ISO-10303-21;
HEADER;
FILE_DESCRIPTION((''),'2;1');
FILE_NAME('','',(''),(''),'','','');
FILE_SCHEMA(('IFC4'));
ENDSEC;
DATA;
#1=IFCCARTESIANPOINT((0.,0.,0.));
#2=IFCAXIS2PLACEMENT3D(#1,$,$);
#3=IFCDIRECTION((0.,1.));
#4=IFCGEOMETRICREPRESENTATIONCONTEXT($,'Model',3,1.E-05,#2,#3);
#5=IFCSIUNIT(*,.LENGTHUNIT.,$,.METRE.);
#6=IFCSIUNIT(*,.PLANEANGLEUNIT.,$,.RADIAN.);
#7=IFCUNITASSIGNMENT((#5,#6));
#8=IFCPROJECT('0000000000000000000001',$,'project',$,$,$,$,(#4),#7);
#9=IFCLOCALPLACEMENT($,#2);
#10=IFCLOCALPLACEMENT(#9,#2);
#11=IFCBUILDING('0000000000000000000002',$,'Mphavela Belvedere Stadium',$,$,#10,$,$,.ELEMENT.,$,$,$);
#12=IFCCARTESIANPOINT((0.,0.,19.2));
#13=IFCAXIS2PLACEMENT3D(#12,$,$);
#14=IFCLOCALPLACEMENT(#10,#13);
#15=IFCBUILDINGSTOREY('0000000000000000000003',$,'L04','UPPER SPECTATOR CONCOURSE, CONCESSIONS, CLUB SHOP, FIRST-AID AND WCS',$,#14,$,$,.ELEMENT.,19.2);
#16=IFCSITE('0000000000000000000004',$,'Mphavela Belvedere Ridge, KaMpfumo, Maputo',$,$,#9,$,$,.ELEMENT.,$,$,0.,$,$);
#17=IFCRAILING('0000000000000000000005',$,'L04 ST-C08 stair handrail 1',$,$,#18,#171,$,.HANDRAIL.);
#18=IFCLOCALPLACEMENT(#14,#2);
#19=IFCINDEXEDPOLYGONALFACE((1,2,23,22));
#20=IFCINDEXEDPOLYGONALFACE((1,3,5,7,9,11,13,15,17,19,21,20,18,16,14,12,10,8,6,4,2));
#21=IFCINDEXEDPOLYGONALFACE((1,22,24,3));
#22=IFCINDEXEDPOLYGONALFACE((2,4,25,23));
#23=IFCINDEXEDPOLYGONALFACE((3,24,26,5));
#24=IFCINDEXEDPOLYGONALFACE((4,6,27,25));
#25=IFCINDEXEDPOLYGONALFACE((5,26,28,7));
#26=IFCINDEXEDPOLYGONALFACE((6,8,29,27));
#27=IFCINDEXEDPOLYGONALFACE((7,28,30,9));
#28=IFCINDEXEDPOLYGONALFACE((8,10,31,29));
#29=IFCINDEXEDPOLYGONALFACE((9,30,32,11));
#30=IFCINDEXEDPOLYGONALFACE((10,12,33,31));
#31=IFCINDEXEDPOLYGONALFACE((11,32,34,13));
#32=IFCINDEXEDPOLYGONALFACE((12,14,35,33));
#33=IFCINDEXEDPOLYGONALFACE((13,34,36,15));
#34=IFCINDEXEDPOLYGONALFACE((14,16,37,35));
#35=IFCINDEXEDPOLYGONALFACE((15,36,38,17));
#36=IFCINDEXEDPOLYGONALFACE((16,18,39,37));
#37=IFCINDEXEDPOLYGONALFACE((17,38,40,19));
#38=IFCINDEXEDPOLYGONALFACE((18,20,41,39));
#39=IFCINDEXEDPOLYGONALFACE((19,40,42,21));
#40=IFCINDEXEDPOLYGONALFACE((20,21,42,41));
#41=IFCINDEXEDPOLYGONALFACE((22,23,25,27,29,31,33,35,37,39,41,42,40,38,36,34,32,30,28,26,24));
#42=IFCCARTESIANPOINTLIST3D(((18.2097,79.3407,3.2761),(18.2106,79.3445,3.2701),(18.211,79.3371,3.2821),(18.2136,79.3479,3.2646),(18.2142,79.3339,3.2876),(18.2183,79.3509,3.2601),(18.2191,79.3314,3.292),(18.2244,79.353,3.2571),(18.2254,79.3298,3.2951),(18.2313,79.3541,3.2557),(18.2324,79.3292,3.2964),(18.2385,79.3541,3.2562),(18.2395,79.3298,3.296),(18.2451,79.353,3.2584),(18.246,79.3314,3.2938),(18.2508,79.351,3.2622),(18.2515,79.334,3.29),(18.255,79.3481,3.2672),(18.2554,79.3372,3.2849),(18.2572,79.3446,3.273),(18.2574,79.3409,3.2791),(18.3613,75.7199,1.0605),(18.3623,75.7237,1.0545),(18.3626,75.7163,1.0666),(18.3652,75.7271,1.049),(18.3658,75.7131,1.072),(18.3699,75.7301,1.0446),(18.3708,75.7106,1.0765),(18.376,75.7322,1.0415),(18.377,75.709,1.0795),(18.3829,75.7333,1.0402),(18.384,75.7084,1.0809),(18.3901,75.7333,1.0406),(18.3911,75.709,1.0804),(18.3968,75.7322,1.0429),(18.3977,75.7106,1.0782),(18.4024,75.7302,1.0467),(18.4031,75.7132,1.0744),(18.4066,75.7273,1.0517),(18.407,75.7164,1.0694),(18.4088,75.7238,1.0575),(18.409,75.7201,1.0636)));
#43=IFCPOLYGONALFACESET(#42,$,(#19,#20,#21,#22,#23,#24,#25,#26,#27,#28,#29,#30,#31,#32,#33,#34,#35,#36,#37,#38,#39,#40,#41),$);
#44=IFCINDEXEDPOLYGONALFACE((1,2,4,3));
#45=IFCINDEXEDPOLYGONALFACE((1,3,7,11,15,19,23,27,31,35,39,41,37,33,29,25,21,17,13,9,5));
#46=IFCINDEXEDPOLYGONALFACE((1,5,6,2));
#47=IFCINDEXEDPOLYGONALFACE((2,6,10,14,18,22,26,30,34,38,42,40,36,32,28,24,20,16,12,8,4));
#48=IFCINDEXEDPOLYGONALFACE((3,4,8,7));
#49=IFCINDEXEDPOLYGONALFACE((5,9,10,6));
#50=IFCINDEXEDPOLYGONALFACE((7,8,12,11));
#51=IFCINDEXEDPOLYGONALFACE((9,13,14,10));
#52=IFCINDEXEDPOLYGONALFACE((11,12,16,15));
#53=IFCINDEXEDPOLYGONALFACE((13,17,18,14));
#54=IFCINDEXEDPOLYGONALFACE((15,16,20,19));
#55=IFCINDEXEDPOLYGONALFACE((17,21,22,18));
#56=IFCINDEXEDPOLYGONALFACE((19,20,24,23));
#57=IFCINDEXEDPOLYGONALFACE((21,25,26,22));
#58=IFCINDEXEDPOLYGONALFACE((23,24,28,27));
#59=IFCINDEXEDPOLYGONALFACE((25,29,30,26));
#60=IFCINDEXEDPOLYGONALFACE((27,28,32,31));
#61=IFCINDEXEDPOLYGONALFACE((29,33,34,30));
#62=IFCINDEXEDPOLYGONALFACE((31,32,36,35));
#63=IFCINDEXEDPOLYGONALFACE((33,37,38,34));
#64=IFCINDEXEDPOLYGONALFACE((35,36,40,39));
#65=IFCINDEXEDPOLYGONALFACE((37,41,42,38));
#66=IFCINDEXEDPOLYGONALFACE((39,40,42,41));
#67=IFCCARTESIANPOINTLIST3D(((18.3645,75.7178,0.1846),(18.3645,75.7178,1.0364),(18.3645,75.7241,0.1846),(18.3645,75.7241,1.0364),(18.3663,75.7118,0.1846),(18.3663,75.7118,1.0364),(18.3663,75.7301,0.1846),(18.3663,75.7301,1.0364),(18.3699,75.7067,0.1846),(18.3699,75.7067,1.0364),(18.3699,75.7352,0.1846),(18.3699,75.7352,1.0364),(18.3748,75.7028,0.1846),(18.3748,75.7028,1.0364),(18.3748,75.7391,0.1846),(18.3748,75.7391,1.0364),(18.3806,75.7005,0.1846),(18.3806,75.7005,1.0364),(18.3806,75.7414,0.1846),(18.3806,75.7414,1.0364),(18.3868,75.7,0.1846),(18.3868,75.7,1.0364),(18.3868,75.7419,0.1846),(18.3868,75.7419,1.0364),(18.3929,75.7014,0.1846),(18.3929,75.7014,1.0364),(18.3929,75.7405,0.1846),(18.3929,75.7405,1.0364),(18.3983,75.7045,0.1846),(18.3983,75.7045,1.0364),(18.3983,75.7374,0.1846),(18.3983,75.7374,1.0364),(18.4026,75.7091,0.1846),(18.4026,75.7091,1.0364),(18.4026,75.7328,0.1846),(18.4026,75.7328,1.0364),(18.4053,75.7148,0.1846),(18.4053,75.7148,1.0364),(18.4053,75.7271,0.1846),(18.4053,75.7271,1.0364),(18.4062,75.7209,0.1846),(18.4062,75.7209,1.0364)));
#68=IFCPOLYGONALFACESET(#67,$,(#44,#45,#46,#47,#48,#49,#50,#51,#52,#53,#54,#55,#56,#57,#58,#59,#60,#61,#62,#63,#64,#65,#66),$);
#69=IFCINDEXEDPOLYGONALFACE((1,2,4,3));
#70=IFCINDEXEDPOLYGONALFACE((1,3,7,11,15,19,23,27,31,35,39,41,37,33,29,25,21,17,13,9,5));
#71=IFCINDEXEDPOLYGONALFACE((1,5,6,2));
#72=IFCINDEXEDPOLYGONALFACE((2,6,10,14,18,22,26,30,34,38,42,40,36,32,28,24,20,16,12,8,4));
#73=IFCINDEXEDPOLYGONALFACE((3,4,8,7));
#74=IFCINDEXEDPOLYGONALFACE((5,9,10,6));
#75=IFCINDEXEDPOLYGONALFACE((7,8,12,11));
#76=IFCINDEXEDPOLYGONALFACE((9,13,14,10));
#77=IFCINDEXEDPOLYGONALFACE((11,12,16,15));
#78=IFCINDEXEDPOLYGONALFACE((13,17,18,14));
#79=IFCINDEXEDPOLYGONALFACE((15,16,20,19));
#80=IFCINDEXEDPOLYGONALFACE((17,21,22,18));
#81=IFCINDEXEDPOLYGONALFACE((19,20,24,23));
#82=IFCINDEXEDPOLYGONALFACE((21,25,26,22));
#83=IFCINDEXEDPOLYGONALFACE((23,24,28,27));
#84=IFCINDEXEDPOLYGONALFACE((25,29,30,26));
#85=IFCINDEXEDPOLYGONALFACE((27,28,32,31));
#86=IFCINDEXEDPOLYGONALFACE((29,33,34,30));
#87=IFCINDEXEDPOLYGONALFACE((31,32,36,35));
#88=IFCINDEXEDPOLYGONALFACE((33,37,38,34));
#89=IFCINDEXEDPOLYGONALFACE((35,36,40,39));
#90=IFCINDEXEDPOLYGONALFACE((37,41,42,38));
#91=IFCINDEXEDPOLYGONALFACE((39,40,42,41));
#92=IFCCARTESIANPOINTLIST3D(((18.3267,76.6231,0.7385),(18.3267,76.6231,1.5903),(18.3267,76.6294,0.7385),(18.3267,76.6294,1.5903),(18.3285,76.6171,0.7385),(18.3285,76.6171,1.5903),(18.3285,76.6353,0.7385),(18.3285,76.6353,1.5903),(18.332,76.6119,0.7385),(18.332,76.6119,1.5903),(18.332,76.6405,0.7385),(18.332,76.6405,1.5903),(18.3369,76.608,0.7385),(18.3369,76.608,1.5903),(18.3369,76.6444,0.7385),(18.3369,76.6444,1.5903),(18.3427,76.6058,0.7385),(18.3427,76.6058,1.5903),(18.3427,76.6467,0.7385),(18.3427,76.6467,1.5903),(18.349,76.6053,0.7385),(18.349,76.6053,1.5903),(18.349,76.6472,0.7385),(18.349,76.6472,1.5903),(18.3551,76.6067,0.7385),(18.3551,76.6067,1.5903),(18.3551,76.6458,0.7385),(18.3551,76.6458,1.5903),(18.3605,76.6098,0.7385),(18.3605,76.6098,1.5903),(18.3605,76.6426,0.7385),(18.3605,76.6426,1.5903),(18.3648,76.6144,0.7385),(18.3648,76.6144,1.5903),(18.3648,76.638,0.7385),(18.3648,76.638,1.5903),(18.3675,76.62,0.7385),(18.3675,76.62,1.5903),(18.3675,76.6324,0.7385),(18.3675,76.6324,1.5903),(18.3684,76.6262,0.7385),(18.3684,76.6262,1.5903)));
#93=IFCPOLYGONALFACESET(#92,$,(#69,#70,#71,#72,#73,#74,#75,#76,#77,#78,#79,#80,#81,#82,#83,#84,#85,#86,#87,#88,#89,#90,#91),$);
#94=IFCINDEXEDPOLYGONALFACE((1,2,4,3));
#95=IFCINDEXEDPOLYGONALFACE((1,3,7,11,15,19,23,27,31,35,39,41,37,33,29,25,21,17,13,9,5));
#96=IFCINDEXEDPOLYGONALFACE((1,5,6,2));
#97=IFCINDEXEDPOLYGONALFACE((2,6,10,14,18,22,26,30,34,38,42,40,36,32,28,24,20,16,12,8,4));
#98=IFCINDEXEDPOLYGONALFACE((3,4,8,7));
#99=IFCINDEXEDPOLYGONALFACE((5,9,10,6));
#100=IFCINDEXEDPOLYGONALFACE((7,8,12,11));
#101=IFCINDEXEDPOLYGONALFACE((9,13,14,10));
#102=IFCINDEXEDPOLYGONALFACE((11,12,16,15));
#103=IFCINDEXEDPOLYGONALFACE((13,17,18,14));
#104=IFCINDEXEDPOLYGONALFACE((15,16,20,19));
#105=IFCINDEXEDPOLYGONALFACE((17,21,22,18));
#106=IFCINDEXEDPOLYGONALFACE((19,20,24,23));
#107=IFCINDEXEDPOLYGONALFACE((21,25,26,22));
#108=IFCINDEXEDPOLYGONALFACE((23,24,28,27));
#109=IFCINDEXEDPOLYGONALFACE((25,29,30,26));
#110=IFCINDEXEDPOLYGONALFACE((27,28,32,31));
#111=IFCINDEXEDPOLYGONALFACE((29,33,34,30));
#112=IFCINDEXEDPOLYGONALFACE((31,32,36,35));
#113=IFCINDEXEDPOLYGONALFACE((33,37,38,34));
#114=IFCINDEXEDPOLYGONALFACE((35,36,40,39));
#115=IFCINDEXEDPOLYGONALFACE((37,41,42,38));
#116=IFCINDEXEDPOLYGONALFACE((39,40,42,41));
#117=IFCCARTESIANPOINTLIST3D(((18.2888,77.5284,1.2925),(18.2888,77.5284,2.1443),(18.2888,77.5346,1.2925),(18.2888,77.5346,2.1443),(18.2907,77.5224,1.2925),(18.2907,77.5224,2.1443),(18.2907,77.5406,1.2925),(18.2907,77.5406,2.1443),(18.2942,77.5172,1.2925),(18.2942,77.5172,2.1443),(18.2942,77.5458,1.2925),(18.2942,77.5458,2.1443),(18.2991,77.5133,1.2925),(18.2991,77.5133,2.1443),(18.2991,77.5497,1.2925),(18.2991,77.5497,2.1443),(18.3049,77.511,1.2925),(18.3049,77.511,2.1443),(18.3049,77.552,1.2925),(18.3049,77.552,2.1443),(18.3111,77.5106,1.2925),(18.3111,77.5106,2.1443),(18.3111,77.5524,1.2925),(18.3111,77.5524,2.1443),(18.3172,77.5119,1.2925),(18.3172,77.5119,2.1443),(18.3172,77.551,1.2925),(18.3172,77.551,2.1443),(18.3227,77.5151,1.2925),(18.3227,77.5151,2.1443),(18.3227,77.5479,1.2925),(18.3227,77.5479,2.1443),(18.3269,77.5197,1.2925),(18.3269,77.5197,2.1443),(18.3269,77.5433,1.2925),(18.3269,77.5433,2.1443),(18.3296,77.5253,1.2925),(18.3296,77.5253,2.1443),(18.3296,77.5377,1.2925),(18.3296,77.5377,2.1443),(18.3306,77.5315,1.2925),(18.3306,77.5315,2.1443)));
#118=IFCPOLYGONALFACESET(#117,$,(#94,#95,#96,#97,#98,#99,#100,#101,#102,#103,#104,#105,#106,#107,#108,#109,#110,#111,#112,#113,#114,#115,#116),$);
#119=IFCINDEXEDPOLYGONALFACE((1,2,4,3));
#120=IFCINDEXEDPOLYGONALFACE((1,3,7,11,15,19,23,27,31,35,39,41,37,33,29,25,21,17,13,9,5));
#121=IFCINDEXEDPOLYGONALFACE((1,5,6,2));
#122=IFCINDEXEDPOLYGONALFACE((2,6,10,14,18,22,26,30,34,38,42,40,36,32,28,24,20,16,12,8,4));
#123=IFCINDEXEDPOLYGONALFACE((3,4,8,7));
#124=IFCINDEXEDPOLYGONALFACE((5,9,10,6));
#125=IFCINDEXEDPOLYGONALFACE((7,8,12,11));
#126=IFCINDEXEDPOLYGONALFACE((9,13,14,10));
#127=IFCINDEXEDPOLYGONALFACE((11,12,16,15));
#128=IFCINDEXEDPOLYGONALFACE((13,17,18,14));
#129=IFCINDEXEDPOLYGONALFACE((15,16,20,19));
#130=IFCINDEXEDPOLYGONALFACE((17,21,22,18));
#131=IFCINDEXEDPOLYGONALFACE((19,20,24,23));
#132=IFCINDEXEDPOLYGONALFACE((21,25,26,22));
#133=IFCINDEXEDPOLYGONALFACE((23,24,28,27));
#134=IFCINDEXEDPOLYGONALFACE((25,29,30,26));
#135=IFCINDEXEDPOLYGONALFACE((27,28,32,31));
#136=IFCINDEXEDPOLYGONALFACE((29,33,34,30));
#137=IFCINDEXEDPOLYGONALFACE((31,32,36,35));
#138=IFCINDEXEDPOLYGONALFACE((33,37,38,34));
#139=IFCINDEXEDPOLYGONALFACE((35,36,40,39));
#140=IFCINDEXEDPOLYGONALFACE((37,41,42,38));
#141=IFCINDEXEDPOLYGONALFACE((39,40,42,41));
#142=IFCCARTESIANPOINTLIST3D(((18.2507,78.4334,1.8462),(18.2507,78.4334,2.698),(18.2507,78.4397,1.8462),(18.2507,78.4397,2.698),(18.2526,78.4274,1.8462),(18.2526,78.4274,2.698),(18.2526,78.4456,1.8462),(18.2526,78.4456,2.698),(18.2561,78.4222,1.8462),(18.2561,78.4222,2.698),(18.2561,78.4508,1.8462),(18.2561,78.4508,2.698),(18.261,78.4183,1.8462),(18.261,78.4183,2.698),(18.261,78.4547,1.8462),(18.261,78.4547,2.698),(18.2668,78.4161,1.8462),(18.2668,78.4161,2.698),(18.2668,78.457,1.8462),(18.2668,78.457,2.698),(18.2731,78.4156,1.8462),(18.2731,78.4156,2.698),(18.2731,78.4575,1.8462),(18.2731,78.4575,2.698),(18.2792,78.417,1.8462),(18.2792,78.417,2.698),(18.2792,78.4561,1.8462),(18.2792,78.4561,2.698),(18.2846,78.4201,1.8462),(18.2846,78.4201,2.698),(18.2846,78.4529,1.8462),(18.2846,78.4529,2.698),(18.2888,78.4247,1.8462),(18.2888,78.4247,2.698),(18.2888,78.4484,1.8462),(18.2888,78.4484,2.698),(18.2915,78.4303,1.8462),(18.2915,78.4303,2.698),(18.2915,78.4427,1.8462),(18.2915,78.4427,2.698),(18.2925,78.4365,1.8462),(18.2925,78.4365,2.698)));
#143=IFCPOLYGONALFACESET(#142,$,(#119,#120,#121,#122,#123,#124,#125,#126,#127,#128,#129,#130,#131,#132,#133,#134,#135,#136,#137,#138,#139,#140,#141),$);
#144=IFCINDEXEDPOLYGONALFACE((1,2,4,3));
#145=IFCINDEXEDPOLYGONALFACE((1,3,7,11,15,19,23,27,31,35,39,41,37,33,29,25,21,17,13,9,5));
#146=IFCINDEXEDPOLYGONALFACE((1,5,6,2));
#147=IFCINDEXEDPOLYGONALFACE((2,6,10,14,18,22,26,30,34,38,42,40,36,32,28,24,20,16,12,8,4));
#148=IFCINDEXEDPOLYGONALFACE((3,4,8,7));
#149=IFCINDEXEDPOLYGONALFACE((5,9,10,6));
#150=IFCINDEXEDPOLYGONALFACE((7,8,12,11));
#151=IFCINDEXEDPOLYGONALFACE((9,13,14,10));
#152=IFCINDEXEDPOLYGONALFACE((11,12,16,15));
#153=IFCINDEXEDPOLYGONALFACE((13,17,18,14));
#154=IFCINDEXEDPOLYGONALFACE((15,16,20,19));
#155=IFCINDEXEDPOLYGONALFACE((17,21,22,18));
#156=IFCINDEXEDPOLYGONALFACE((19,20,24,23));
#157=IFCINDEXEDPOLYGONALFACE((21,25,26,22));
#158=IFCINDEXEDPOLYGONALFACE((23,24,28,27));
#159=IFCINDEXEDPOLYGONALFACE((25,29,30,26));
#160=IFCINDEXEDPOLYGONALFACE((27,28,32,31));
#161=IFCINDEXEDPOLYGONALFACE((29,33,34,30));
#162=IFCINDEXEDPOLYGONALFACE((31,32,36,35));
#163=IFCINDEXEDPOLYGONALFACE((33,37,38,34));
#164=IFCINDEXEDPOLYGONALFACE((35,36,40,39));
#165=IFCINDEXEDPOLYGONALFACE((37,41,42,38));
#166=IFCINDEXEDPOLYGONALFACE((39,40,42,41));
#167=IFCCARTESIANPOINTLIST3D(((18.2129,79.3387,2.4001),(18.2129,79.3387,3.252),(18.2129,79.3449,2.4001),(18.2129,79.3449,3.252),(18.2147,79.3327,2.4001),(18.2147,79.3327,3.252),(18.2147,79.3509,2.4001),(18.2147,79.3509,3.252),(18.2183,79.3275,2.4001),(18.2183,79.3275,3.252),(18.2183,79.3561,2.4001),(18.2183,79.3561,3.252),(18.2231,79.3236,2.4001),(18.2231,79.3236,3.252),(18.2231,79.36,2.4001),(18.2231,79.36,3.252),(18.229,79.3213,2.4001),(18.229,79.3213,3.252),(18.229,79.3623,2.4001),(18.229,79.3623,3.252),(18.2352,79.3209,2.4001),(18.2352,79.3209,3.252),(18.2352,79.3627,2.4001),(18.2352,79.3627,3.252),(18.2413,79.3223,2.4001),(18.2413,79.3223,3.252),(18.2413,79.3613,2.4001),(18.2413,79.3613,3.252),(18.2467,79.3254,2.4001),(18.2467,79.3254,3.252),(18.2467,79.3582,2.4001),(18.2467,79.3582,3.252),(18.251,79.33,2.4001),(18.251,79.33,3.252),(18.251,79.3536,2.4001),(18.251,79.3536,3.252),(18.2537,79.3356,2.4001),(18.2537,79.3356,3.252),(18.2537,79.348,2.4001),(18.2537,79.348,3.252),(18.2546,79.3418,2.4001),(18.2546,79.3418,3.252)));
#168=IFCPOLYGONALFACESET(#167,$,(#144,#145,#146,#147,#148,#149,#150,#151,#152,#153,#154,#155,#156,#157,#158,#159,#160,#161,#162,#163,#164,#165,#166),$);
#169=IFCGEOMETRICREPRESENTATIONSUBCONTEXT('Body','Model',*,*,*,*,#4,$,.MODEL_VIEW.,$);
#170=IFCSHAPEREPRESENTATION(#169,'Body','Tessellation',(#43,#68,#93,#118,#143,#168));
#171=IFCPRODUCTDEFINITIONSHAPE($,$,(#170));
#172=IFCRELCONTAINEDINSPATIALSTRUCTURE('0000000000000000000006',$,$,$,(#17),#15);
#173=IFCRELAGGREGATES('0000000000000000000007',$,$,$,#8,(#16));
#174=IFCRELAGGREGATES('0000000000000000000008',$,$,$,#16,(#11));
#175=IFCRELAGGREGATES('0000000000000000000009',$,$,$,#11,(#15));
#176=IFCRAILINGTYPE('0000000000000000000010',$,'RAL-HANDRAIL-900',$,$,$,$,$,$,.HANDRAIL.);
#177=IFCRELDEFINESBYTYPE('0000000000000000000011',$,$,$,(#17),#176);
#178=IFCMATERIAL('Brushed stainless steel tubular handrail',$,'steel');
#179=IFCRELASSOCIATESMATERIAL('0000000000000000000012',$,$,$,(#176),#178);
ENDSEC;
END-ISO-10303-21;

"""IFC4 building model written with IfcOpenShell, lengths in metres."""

from ifc_helpers import new_model, si_unit, direction, frame, origin, origin_2d, place, context, subcontext, project, spatial, circle, extrude, material, type_object, element, save


model = new_model("IFC4")

# Units and contexts
model_context = context("Model", 3, precision=1e-05, world=origin(), true_north=direction((0.0, 1.0)))
body_context = subcontext(model_context, "Body", "Model", "MODEL_VIEW")
ifc_project = project(units=[si_unit("LENGTHUNIT", "METRE"), si_unit("PLANEANGLEUNIT", "RADIAN")], contexts=[model_context])

# Site, building, storey
site_placement = place(None, origin())
site = spatial("IfcSite", under=ifc_project, at=site_placement, Name="Mphavela Belvedere Ridge, KaMpfumo, Maputo", CompositionType="ELEMENT", RefElevation=0.0)
building_placement = place(site_placement, origin())
building = spatial("IfcBuilding", under=site, at=building_placement, Name="Mphavela Belvedere Stadium", CompositionType="ELEMENT")
storey_placement = place(building_placement, frame((0.0, 0.0, 19.2)))
storey = spatial("IfcBuildingStorey", under=building, at=storey_placement, Name="L04", Description="UPPER SPECTATOR CONCOURSE, CONCESSIONS, CLUB SHOP, FIRST-AID AND WCS", CompositionType="ELEMENT", Elevation=19.2)

# Railing
ifc_material_1 = material(Name="Brushed stainless steel tubular handrail", Category="steel")
railing_type_1 = type_object("IfcRailingType", Name="RAL-HANDRAIL-900", PredefinedType="HANDRAIL", material=ifc_material_1)
railing_1_placement = place(storey_placement, frame((18.3853, 75.7209, 0.1846)))
element("IfcRailing", 1, at=railing_1_placement, inside=storey, type_object=railing_type_1, Name="L04 ST-C08 stair handrail 1", PredefinedType="HANDRAIL", context=body_context, shape_type="SweptSolid", body=[
    extrude(circle(Radius=0.0239, at=origin_2d()), frame((0.0, 0.0, 0.876), z_axis=(-0.035693, 0.852441, 0.521604), x_axis=(-0.999125, -0.041835, 0.0)), (0.0, 0.0, 1.0), 4.2476),
    extrude(circle(Radius=0.021, at=origin_2d()), origin(), (0.0, 0.0, 1.0), 0.8518),
    extrude(circle(Radius=0.021, at=origin_2d()), frame((-0.0378, 0.9053, 0.554)), (0.0, 0.0, 1.0), 0.8518),
    extrude(circle(Radius=0.021, at=origin_2d()), frame((-0.0757, 1.8105, 1.1079)), (0.0, 0.0, 1.0), 0.8518),
    extrude(circle(Radius=0.021, at=origin_2d()), frame((-0.1138, 2.7156, 1.6616)), (0.0, 0.0, 1.0), 0.8518),
    extrude(circle(Radius=0.021, at=origin_2d()), frame((-0.1516, 3.6208, 2.2156)), (0.0, 0.0, 1.0), 0.8518),
])

save(model, "model.ifc")
